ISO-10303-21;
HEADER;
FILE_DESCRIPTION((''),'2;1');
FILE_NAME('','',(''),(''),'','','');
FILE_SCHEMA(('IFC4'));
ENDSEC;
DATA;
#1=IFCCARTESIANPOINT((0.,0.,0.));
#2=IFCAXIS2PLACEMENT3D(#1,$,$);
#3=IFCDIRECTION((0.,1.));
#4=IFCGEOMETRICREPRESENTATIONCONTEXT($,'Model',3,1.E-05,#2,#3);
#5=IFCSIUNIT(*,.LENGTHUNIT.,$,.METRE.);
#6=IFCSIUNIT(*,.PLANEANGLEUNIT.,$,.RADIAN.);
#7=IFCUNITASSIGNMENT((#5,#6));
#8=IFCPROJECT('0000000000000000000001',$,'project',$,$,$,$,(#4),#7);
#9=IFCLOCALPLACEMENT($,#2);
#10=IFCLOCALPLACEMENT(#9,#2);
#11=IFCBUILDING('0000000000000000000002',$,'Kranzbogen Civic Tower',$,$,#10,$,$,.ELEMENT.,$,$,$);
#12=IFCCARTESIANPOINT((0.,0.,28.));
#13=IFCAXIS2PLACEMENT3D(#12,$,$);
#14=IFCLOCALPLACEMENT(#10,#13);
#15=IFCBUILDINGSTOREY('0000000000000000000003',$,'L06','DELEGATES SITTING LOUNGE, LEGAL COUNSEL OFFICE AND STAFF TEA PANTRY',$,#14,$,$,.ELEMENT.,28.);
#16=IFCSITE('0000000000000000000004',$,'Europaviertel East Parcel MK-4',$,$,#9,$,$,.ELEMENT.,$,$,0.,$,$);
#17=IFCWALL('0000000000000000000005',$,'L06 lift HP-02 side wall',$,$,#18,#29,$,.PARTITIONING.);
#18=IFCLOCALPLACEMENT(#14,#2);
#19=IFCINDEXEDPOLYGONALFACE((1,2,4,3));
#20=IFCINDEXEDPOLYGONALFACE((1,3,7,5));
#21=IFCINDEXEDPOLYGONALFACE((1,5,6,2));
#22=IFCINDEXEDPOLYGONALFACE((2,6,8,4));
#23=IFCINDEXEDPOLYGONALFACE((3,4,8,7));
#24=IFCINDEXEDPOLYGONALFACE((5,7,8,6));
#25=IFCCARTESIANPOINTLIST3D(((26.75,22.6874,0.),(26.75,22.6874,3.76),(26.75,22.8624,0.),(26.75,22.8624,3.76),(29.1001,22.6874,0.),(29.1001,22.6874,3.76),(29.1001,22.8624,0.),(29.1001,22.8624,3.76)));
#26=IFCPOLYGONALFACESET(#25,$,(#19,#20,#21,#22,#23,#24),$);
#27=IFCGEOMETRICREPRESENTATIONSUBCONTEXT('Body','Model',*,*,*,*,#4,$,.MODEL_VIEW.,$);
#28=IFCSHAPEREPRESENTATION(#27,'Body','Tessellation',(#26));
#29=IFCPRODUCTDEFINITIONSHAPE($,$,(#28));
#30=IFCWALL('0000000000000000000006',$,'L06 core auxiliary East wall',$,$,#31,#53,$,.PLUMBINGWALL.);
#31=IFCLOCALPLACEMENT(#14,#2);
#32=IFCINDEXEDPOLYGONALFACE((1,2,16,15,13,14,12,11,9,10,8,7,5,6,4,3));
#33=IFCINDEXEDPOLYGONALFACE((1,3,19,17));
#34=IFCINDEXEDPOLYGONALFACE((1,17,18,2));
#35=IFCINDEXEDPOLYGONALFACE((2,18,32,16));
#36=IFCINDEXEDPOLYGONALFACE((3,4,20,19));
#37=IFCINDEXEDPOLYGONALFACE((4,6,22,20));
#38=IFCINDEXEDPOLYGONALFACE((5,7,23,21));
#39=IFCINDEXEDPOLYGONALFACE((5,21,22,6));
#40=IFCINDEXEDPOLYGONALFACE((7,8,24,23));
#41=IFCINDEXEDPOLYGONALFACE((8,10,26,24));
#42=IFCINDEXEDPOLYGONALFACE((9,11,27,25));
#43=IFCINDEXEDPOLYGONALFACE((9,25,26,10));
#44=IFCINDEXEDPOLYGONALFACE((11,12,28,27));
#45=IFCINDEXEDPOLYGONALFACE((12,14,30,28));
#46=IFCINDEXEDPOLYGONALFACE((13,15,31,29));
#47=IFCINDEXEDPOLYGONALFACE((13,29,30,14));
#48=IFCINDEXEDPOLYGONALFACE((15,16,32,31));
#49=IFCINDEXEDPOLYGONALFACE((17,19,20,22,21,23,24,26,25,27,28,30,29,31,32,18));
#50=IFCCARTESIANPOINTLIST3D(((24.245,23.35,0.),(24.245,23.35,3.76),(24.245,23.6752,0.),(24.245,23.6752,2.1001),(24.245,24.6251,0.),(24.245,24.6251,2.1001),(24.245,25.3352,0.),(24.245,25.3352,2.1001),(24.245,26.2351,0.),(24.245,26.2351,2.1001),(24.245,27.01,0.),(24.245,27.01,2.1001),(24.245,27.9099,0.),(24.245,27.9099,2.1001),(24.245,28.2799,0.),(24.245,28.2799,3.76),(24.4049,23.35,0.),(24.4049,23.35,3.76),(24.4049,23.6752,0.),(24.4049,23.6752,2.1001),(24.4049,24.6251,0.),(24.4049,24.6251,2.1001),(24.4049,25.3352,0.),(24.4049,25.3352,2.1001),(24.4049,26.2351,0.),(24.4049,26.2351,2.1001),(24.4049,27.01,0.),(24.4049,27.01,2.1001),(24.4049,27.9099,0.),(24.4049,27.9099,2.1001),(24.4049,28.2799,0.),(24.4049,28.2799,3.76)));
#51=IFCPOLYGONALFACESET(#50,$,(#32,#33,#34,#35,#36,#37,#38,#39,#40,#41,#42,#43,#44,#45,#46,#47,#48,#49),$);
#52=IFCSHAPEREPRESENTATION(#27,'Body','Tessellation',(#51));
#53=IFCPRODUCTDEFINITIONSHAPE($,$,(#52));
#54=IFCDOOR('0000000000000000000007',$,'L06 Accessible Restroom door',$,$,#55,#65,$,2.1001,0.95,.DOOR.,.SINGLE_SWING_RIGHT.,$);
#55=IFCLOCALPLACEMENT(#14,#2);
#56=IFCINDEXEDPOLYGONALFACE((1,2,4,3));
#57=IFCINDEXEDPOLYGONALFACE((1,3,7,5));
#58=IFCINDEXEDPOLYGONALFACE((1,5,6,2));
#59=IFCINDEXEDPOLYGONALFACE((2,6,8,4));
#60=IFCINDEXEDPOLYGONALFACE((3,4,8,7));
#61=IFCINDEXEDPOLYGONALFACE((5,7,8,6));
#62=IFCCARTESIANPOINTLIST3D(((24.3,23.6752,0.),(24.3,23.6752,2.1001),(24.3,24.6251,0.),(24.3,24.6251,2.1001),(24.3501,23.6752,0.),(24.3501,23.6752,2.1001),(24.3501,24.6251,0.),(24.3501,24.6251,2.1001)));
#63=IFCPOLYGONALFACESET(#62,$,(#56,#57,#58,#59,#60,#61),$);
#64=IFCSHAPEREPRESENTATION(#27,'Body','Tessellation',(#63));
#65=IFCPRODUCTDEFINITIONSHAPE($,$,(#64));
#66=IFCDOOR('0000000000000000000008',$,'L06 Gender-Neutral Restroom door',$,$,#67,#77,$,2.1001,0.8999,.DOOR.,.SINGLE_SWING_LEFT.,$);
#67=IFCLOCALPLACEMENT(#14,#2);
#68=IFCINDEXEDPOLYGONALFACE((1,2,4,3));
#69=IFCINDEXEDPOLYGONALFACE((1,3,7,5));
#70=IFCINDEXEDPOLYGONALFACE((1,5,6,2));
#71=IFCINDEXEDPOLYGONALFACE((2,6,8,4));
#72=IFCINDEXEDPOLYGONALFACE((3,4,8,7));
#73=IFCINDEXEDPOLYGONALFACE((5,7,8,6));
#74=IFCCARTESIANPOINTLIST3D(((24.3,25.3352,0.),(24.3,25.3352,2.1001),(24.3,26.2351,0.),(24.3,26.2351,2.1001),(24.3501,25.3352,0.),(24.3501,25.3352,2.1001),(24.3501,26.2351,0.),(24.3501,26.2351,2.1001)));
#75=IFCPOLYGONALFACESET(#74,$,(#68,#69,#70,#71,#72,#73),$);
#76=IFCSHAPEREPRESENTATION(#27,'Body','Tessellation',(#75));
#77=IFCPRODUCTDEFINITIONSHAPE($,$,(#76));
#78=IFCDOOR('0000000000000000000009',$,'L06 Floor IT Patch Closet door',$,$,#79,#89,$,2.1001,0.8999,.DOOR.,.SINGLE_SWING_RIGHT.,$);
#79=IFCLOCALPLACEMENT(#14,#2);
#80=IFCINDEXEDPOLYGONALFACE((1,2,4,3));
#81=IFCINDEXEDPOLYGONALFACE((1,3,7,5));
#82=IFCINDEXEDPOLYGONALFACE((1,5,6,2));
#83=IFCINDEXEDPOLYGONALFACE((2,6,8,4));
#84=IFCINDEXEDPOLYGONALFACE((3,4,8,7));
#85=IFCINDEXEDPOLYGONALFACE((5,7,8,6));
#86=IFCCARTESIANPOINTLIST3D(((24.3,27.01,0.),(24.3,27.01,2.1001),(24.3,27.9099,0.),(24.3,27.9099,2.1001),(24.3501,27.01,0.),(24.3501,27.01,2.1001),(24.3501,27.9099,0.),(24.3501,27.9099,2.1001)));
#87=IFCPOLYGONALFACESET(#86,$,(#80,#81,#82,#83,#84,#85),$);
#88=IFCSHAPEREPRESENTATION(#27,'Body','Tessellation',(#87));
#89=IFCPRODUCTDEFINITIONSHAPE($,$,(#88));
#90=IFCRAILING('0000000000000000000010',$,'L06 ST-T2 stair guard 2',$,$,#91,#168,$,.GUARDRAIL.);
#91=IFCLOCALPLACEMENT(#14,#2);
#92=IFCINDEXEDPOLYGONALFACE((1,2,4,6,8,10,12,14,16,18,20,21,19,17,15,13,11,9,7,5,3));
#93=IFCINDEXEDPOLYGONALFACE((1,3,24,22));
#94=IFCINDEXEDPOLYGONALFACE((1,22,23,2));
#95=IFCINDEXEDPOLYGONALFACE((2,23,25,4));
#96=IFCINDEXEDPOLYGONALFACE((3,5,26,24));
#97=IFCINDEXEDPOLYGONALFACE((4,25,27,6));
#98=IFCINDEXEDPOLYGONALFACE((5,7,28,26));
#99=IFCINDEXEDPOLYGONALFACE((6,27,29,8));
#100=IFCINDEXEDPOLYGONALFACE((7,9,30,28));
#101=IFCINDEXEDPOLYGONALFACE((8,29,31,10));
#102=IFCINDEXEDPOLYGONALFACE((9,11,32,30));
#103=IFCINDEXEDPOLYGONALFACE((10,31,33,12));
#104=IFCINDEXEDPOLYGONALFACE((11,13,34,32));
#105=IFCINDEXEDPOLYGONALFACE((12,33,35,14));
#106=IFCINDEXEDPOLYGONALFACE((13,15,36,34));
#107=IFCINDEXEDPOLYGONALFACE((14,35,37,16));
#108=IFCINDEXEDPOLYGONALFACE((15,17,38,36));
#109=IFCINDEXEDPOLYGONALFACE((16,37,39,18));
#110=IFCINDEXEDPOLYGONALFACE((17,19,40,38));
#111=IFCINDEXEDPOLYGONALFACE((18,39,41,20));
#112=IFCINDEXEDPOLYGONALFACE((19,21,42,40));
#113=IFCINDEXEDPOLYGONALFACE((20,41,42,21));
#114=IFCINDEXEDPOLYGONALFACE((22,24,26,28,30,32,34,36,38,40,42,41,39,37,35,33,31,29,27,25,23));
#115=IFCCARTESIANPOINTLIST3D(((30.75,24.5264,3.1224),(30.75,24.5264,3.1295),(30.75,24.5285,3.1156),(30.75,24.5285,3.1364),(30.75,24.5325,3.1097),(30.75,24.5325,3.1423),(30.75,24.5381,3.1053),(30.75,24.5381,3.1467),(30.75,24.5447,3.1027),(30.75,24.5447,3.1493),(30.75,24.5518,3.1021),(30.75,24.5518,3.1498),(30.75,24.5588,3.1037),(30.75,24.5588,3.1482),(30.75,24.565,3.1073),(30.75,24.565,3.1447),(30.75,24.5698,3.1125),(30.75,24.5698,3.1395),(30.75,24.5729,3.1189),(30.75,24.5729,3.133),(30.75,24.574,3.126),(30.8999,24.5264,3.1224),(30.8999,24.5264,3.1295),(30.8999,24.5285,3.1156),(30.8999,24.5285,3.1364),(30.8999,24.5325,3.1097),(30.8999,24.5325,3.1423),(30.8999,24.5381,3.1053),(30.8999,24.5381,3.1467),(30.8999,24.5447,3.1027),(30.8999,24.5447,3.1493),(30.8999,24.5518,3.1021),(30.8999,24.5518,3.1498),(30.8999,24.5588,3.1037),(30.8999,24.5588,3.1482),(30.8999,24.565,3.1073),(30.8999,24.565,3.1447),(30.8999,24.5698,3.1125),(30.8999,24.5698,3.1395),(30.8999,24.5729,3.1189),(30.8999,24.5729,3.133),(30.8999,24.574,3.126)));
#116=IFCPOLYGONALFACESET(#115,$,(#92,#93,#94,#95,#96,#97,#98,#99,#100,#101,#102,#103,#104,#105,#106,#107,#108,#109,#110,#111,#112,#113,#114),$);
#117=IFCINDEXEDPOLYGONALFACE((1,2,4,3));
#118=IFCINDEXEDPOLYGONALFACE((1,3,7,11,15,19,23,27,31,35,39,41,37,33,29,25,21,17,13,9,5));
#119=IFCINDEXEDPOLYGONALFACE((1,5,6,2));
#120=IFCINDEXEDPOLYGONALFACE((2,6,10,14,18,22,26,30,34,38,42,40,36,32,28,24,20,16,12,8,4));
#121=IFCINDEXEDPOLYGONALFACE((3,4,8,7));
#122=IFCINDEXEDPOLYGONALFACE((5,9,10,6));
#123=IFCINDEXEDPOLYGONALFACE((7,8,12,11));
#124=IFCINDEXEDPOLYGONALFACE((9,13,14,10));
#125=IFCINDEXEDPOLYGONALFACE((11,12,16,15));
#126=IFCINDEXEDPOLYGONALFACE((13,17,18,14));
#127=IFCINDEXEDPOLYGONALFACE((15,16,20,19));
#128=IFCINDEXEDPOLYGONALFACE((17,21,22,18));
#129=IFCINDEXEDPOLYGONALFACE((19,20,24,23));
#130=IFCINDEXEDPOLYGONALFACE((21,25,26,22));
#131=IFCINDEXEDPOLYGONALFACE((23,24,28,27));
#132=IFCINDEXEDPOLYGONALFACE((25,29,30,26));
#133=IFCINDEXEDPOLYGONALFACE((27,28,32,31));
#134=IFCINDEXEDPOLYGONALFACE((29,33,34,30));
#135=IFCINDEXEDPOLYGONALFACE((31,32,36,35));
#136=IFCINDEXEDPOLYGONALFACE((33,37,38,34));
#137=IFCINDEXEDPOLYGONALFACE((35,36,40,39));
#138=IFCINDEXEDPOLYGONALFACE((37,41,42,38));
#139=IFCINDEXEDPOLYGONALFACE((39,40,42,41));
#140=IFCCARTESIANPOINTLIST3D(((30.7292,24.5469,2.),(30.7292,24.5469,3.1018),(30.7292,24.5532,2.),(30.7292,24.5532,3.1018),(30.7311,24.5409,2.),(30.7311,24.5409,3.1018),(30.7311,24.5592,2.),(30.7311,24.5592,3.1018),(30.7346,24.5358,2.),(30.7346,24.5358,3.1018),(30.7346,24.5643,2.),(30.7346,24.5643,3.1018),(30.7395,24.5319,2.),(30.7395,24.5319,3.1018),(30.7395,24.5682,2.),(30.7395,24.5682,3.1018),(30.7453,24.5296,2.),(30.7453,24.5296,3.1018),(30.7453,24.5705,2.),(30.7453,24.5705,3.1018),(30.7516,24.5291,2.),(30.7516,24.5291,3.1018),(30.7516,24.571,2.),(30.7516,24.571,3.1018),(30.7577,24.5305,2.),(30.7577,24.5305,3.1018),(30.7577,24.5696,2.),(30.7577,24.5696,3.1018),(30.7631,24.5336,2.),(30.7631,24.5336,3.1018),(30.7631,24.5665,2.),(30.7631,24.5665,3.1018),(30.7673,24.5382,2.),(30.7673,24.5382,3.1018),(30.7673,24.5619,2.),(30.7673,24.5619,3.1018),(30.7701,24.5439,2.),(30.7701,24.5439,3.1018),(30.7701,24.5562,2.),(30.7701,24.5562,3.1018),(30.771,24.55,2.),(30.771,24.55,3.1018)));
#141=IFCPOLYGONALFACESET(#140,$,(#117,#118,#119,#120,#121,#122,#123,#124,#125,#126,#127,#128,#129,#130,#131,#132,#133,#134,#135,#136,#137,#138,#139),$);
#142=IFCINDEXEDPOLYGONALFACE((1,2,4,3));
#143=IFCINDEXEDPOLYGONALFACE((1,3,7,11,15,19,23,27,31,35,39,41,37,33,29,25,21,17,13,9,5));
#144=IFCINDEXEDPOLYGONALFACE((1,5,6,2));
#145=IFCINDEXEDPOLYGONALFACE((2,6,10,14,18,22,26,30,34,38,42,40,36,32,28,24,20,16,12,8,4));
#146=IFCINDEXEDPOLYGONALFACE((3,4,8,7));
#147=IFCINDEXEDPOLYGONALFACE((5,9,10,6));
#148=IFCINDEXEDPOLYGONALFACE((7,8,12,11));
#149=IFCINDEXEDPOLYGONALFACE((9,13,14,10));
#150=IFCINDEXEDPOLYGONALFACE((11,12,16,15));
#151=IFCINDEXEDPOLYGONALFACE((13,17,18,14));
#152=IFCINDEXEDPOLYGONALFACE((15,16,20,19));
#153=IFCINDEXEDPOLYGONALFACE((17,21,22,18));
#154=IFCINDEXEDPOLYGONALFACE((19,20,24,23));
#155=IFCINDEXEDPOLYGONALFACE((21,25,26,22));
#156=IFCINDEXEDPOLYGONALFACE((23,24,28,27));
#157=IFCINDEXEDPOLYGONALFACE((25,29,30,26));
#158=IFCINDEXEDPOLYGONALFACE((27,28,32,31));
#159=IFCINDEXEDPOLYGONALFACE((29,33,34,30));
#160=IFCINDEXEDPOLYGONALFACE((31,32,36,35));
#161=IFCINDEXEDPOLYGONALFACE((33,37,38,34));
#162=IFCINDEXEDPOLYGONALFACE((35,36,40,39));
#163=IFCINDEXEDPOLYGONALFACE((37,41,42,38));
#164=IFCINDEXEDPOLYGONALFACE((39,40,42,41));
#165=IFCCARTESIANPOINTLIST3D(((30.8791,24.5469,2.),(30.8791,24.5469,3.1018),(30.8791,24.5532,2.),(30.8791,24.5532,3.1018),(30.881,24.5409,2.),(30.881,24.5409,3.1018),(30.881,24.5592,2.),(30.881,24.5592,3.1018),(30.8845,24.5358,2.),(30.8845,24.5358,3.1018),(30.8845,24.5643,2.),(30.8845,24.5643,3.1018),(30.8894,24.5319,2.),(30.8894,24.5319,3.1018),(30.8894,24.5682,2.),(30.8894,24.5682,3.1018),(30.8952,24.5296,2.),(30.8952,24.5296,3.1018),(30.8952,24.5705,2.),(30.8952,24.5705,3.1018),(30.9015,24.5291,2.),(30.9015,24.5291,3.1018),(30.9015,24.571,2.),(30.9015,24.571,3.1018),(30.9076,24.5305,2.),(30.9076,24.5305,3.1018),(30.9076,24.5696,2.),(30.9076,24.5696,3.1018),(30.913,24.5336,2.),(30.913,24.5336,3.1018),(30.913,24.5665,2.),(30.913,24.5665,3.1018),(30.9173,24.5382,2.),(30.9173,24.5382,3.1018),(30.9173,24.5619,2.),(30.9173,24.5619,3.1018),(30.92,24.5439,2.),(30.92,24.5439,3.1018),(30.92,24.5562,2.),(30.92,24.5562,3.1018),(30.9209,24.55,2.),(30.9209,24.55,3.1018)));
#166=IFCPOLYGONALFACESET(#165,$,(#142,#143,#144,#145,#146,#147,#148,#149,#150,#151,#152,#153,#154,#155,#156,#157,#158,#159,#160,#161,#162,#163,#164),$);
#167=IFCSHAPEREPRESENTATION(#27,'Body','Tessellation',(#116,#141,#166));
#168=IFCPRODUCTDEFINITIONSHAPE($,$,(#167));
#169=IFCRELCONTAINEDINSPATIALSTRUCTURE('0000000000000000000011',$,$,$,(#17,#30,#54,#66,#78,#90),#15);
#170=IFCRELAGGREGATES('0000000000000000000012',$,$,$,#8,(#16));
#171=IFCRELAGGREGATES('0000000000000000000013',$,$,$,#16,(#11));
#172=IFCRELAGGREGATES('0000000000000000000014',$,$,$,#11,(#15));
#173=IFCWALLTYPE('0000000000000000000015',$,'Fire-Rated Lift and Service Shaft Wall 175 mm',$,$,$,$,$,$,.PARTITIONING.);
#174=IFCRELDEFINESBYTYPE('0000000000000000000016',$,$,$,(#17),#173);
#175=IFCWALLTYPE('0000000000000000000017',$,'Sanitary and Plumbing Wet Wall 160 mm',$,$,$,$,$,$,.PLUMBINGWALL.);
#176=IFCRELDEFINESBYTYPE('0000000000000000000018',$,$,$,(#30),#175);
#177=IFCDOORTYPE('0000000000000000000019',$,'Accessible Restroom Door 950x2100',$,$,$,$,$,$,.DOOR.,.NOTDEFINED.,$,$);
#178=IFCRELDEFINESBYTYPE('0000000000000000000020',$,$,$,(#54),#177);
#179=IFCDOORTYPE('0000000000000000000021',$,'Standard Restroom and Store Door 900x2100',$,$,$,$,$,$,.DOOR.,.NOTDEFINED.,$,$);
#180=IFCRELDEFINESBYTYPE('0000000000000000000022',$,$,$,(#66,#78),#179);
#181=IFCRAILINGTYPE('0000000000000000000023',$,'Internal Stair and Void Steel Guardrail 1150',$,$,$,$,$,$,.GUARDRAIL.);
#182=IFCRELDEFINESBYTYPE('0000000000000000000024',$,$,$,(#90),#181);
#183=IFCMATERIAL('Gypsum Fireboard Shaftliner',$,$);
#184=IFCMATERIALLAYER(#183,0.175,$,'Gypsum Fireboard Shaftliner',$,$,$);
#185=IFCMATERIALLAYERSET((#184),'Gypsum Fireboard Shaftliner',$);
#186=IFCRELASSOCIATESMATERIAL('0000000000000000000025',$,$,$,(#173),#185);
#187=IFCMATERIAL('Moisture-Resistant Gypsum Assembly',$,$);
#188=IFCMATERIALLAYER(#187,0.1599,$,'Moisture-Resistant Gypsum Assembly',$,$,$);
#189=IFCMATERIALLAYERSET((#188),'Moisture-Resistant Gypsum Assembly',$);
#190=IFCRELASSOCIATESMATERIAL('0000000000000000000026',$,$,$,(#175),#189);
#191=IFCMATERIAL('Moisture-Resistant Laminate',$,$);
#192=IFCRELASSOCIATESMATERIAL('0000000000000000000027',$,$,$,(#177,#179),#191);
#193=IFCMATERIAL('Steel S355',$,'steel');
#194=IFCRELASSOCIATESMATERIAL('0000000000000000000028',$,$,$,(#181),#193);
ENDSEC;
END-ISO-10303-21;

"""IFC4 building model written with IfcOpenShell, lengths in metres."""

from ifc_helpers import new_model, si_unit, direction, frame, frame_2d, origin, origin_2d, place, context, subcontext, project, spatial, rectangle, circle, extrude, material, layer, layer_set, type_object, element, fill, save


model = new_model("IFC4")

# Units and contexts
model_context = context("Model", 3, precision=1e-05, world=origin(), true_north=direction((0.0, 1.0)))
body_context = subcontext(model_context, "Body", "Model", "MODEL_VIEW")
ifc_project = project(units=[si_unit("LENGTHUNIT", "METRE"), si_unit("PLANEANGLEUNIT", "RADIAN")], contexts=[model_context])

# Site, building, storey
site_placement = place(None, origin())
site = spatial("IfcSite", under=ifc_project, at=site_placement, Name="Europaviertel East Parcel MK-4", CompositionType="ELEMENT", RefElevation=0.0)
building_placement = place(site_placement, origin())
building = spatial("IfcBuilding", under=site, at=building_placement, Name="Kranzbogen Civic Tower", CompositionType="ELEMENT")
storey_placement = place(building_placement, frame((0.0, 0.0, 28.0)))
storey = spatial("IfcBuildingStorey", under=building, at=storey_placement, Name="L06", Description="DELEGATES SITTING LOUNGE, LEGAL COUNSEL OFFICE AND STAFF TEA PANTRY", CompositionType="ELEMENT", Elevation=28.0)

# Shared definitions
ifc_material_1 = material(Name="Steel S355", Category="steel")

# Wall
ifc_material_2 = material(Name="Gypsum Fireboard Shaftliner")
ifc_layer_1 = layer(ifc_material_2, 0.175, Name="Gypsum Fireboard Shaftliner")
ifc_layer_set_1 = layer_set([ifc_layer_1], Name="Gypsum Fireboard Shaftliner")
wall_type_1 = type_object("IfcWallType", Name="Fire-Rated Lift and Service Shaft Wall 175 mm", PredefinedType="PARTITIONING", material=ifc_layer_set_1)
wall_1_placement = place(storey_placement, frame((26.75, 22.7749, 0.0), z_axis=(0.0, 0.0, 1.0), x_axis=(1.0, 0.0, 0.0)))
element("IfcWall", 1, at=wall_1_placement, inside=storey, type_object=wall_type_1, Name="L06 lift HP-02 side wall", PredefinedType="PARTITIONING", context=body_context, shape_type="SweptSolid", body=[
    extrude(rectangle(XDim=2.3501, YDim=0.175, at=frame_2d((1.175, 0.0))), origin(), (0.0, 0.0, 1.0), 3.76),
])

# Wall, openings, doors
ifc_material_3 = material(Name="Moisture-Resistant Gypsum Assembly")
ifc_layer_2 = layer(ifc_material_3, 0.1599, Name="Moisture-Resistant Gypsum Assembly")
ifc_layer_set_2 = layer_set([ifc_layer_2], Name="Moisture-Resistant Gypsum Assembly")
wall_type_2 = type_object("IfcWallType", Name="Sanitary and Plumbing Wet Wall 160 mm", PredefinedType="PLUMBINGWALL", material=ifc_layer_set_2)
wall_2_placement = place(storey_placement, frame((24.325, 23.3501, 0.0), z_axis=(0.0, 0.0, 1.0), x_axis=(0.0, 1.0, 0.0)))
wall_2 = element("IfcWall", 2, at=wall_2_placement, inside=storey, type_object=wall_type_2, Name="L06 core auxiliary East wall", PredefinedType="PLUMBINGWALL", context=body_context, shape_type="SweptSolid", body=[
    extrude(rectangle(XDim=4.9299, YDim=0.1599, at=frame_2d((2.4648, 0.0))), origin(), (0.0, 0.0, 1.0), 3.76),
])
opening_1_placement = place(wall_2_placement, frame((0.325, 0.0, 0.0)))
opening_1 = element("IfcOpeningElement", 3, at=opening_1_placement, cuts=wall_2, PredefinedType="OPENING", context=body_context, shape_type="SweptSolid", body=[
    extrude(rectangle(XDim=0.95, YDim=2.1001, at=frame_2d((0.4751, 1.05))), frame((0.0, 0.0898, 0.0), z_axis=(0.0, -1.0, 0.0), x_axis=(1.0, 0.0, 0.0)), (0.0, 0.0, 1.0), 0.1799),
])
opening_2_placement = place(wall_2_placement, frame((1.9851, 0.0, 0.0)))
opening_2 = element("IfcOpeningElement", 4, at=opening_2_placement, cuts=wall_2, PredefinedType="OPENING", context=body_context, shape_type="SweptSolid", body=[
    extrude(rectangle(XDim=0.8999, YDim=2.1001, at=frame_2d((0.45, 1.05))), frame((0.0, 0.0898, 0.0), z_axis=(0.0, -1.0, 0.0), x_axis=(1.0, 0.0, 0.0)), (0.0, 0.0, 1.0), 0.1799),
])
opening_3_placement = place(wall_2_placement, frame((3.6599, 0.0, 0.0)))
opening_3 = element("IfcOpeningElement", 5, at=opening_3_placement, cuts=wall_2, PredefinedType="OPENING", context=body_context, shape_type="SweptSolid", body=[
    extrude(rectangle(XDim=0.8999, YDim=2.1001, at=frame_2d((0.45, 1.05))), frame((0.0, 0.0898, 0.0), z_axis=(0.0, -1.0, 0.0), x_axis=(1.0, 0.0, 0.0)), (0.0, 0.0, 1.0), 0.1799),
])
ifc_material_4 = material(Name="Moisture-Resistant Laminate")
door_type_1 = type_object("IfcDoorType", Name="Accessible Restroom Door 950x2100", OperationType="NOTDEFINED", PredefinedType="DOOR", material=ifc_material_4)
door_1_placement = place(opening_1_placement, origin())
door_1 = element("IfcDoor", 6, at=door_1_placement, inside=storey, type_object=door_type_1, Name="L06 Accessible Restroom door", OperationType="SINGLE_SWING_RIGHT", OverallHeight=2.1001, OverallWidth=0.95, PredefinedType="DOOR", context=body_context, shape_type="SweptSolid", body=[
    extrude(rectangle(XDim=0.95, YDim=2.1001, at=frame_2d((0.4751, 1.05))), frame((0.0, 0.0249, 0.0), z_axis=(0.0, -1.0, 0.0), x_axis=(1.0, 0.0, 0.0)), (0.0, 0.0, 1.0), 0.05),
])
fill(opening_1, door_1)
door_type_2 = type_object("IfcDoorType", Name="Standard Restroom and Store Door 900x2100", OperationType="NOTDEFINED", PredefinedType="DOOR", material=ifc_material_4)
door_2_placement = place(opening_2_placement, origin())
door_2 = element("IfcDoor", 7, at=door_2_placement, inside=storey, type_object=door_type_2, Name="L06 Gender-Neutral Restroom door", OperationType="SINGLE_SWING_LEFT", OverallHeight=2.1001, OverallWidth=0.8999, PredefinedType="DOOR", context=body_context, shape_type="SweptSolid", body=[
    extrude(rectangle(XDim=0.8999, YDim=2.1001, at=frame_2d((0.45, 1.05))), frame((0.0, 0.0249, 0.0), z_axis=(0.0, -1.0, 0.0), x_axis=(1.0, 0.0, 0.0)), (0.0, 0.0, 1.0), 0.05),
])
fill(opening_2, door_2)
door_3_placement = place(opening_3_placement, origin())
door_3 = element("IfcDoor", 8, at=door_3_placement, inside=storey, type_object=door_type_2, Name="L06 Floor IT Patch Closet door", OperationType="SINGLE_SWING_RIGHT", OverallHeight=2.1001, OverallWidth=0.8999, PredefinedType="DOOR", context=body_context, shape_type="SweptSolid", body=[
    extrude(rectangle(XDim=0.8999, YDim=2.1001, at=frame_2d((0.45, 1.05))), frame((0.0, 0.0249, 0.0), z_axis=(0.0, -1.0, 0.0), x_axis=(1.0, 0.0, 0.0)), (0.0, 0.0, 1.0), 0.05),
])
fill(opening_3, door_3)

# Railing
railing_type = type_object("IfcRailingType", Name="Internal Stair and Void Steel Guardrail 1150", PredefinedType="GUARDRAIL", material=ifc_material_1)
railing_placement = place(storey_placement, frame((30.75, 24.55, 2.0)))
element("IfcRailing", 9, at=railing_placement, inside=storey, type_object=railing_type, Name="L06 ST-T2 stair guard 2", PredefinedType="GUARDRAIL", context=body_context, shape_type="SweptSolid", body=[
    extrude(circle(Radius=0.0239, at=origin_2d()), frame((0.0, 0.0, 1.126), z_axis=(1.0, 0.0, 0.0), x_axis=(0.0, 1.0, 0.0)), (0.0, 0.0, 1.0), 0.1499),
    extrude(circle(Radius=0.021, at=origin_2d()), origin(), (0.0, 0.0, 1.0), 1.1018),
    extrude(circle(Radius=0.021, at=origin_2d()), frame((0.1499, 0.0, 0.0)), (0.0, 0.0, 1.0), 1.1018),
])

save(model, "model.ifc")
